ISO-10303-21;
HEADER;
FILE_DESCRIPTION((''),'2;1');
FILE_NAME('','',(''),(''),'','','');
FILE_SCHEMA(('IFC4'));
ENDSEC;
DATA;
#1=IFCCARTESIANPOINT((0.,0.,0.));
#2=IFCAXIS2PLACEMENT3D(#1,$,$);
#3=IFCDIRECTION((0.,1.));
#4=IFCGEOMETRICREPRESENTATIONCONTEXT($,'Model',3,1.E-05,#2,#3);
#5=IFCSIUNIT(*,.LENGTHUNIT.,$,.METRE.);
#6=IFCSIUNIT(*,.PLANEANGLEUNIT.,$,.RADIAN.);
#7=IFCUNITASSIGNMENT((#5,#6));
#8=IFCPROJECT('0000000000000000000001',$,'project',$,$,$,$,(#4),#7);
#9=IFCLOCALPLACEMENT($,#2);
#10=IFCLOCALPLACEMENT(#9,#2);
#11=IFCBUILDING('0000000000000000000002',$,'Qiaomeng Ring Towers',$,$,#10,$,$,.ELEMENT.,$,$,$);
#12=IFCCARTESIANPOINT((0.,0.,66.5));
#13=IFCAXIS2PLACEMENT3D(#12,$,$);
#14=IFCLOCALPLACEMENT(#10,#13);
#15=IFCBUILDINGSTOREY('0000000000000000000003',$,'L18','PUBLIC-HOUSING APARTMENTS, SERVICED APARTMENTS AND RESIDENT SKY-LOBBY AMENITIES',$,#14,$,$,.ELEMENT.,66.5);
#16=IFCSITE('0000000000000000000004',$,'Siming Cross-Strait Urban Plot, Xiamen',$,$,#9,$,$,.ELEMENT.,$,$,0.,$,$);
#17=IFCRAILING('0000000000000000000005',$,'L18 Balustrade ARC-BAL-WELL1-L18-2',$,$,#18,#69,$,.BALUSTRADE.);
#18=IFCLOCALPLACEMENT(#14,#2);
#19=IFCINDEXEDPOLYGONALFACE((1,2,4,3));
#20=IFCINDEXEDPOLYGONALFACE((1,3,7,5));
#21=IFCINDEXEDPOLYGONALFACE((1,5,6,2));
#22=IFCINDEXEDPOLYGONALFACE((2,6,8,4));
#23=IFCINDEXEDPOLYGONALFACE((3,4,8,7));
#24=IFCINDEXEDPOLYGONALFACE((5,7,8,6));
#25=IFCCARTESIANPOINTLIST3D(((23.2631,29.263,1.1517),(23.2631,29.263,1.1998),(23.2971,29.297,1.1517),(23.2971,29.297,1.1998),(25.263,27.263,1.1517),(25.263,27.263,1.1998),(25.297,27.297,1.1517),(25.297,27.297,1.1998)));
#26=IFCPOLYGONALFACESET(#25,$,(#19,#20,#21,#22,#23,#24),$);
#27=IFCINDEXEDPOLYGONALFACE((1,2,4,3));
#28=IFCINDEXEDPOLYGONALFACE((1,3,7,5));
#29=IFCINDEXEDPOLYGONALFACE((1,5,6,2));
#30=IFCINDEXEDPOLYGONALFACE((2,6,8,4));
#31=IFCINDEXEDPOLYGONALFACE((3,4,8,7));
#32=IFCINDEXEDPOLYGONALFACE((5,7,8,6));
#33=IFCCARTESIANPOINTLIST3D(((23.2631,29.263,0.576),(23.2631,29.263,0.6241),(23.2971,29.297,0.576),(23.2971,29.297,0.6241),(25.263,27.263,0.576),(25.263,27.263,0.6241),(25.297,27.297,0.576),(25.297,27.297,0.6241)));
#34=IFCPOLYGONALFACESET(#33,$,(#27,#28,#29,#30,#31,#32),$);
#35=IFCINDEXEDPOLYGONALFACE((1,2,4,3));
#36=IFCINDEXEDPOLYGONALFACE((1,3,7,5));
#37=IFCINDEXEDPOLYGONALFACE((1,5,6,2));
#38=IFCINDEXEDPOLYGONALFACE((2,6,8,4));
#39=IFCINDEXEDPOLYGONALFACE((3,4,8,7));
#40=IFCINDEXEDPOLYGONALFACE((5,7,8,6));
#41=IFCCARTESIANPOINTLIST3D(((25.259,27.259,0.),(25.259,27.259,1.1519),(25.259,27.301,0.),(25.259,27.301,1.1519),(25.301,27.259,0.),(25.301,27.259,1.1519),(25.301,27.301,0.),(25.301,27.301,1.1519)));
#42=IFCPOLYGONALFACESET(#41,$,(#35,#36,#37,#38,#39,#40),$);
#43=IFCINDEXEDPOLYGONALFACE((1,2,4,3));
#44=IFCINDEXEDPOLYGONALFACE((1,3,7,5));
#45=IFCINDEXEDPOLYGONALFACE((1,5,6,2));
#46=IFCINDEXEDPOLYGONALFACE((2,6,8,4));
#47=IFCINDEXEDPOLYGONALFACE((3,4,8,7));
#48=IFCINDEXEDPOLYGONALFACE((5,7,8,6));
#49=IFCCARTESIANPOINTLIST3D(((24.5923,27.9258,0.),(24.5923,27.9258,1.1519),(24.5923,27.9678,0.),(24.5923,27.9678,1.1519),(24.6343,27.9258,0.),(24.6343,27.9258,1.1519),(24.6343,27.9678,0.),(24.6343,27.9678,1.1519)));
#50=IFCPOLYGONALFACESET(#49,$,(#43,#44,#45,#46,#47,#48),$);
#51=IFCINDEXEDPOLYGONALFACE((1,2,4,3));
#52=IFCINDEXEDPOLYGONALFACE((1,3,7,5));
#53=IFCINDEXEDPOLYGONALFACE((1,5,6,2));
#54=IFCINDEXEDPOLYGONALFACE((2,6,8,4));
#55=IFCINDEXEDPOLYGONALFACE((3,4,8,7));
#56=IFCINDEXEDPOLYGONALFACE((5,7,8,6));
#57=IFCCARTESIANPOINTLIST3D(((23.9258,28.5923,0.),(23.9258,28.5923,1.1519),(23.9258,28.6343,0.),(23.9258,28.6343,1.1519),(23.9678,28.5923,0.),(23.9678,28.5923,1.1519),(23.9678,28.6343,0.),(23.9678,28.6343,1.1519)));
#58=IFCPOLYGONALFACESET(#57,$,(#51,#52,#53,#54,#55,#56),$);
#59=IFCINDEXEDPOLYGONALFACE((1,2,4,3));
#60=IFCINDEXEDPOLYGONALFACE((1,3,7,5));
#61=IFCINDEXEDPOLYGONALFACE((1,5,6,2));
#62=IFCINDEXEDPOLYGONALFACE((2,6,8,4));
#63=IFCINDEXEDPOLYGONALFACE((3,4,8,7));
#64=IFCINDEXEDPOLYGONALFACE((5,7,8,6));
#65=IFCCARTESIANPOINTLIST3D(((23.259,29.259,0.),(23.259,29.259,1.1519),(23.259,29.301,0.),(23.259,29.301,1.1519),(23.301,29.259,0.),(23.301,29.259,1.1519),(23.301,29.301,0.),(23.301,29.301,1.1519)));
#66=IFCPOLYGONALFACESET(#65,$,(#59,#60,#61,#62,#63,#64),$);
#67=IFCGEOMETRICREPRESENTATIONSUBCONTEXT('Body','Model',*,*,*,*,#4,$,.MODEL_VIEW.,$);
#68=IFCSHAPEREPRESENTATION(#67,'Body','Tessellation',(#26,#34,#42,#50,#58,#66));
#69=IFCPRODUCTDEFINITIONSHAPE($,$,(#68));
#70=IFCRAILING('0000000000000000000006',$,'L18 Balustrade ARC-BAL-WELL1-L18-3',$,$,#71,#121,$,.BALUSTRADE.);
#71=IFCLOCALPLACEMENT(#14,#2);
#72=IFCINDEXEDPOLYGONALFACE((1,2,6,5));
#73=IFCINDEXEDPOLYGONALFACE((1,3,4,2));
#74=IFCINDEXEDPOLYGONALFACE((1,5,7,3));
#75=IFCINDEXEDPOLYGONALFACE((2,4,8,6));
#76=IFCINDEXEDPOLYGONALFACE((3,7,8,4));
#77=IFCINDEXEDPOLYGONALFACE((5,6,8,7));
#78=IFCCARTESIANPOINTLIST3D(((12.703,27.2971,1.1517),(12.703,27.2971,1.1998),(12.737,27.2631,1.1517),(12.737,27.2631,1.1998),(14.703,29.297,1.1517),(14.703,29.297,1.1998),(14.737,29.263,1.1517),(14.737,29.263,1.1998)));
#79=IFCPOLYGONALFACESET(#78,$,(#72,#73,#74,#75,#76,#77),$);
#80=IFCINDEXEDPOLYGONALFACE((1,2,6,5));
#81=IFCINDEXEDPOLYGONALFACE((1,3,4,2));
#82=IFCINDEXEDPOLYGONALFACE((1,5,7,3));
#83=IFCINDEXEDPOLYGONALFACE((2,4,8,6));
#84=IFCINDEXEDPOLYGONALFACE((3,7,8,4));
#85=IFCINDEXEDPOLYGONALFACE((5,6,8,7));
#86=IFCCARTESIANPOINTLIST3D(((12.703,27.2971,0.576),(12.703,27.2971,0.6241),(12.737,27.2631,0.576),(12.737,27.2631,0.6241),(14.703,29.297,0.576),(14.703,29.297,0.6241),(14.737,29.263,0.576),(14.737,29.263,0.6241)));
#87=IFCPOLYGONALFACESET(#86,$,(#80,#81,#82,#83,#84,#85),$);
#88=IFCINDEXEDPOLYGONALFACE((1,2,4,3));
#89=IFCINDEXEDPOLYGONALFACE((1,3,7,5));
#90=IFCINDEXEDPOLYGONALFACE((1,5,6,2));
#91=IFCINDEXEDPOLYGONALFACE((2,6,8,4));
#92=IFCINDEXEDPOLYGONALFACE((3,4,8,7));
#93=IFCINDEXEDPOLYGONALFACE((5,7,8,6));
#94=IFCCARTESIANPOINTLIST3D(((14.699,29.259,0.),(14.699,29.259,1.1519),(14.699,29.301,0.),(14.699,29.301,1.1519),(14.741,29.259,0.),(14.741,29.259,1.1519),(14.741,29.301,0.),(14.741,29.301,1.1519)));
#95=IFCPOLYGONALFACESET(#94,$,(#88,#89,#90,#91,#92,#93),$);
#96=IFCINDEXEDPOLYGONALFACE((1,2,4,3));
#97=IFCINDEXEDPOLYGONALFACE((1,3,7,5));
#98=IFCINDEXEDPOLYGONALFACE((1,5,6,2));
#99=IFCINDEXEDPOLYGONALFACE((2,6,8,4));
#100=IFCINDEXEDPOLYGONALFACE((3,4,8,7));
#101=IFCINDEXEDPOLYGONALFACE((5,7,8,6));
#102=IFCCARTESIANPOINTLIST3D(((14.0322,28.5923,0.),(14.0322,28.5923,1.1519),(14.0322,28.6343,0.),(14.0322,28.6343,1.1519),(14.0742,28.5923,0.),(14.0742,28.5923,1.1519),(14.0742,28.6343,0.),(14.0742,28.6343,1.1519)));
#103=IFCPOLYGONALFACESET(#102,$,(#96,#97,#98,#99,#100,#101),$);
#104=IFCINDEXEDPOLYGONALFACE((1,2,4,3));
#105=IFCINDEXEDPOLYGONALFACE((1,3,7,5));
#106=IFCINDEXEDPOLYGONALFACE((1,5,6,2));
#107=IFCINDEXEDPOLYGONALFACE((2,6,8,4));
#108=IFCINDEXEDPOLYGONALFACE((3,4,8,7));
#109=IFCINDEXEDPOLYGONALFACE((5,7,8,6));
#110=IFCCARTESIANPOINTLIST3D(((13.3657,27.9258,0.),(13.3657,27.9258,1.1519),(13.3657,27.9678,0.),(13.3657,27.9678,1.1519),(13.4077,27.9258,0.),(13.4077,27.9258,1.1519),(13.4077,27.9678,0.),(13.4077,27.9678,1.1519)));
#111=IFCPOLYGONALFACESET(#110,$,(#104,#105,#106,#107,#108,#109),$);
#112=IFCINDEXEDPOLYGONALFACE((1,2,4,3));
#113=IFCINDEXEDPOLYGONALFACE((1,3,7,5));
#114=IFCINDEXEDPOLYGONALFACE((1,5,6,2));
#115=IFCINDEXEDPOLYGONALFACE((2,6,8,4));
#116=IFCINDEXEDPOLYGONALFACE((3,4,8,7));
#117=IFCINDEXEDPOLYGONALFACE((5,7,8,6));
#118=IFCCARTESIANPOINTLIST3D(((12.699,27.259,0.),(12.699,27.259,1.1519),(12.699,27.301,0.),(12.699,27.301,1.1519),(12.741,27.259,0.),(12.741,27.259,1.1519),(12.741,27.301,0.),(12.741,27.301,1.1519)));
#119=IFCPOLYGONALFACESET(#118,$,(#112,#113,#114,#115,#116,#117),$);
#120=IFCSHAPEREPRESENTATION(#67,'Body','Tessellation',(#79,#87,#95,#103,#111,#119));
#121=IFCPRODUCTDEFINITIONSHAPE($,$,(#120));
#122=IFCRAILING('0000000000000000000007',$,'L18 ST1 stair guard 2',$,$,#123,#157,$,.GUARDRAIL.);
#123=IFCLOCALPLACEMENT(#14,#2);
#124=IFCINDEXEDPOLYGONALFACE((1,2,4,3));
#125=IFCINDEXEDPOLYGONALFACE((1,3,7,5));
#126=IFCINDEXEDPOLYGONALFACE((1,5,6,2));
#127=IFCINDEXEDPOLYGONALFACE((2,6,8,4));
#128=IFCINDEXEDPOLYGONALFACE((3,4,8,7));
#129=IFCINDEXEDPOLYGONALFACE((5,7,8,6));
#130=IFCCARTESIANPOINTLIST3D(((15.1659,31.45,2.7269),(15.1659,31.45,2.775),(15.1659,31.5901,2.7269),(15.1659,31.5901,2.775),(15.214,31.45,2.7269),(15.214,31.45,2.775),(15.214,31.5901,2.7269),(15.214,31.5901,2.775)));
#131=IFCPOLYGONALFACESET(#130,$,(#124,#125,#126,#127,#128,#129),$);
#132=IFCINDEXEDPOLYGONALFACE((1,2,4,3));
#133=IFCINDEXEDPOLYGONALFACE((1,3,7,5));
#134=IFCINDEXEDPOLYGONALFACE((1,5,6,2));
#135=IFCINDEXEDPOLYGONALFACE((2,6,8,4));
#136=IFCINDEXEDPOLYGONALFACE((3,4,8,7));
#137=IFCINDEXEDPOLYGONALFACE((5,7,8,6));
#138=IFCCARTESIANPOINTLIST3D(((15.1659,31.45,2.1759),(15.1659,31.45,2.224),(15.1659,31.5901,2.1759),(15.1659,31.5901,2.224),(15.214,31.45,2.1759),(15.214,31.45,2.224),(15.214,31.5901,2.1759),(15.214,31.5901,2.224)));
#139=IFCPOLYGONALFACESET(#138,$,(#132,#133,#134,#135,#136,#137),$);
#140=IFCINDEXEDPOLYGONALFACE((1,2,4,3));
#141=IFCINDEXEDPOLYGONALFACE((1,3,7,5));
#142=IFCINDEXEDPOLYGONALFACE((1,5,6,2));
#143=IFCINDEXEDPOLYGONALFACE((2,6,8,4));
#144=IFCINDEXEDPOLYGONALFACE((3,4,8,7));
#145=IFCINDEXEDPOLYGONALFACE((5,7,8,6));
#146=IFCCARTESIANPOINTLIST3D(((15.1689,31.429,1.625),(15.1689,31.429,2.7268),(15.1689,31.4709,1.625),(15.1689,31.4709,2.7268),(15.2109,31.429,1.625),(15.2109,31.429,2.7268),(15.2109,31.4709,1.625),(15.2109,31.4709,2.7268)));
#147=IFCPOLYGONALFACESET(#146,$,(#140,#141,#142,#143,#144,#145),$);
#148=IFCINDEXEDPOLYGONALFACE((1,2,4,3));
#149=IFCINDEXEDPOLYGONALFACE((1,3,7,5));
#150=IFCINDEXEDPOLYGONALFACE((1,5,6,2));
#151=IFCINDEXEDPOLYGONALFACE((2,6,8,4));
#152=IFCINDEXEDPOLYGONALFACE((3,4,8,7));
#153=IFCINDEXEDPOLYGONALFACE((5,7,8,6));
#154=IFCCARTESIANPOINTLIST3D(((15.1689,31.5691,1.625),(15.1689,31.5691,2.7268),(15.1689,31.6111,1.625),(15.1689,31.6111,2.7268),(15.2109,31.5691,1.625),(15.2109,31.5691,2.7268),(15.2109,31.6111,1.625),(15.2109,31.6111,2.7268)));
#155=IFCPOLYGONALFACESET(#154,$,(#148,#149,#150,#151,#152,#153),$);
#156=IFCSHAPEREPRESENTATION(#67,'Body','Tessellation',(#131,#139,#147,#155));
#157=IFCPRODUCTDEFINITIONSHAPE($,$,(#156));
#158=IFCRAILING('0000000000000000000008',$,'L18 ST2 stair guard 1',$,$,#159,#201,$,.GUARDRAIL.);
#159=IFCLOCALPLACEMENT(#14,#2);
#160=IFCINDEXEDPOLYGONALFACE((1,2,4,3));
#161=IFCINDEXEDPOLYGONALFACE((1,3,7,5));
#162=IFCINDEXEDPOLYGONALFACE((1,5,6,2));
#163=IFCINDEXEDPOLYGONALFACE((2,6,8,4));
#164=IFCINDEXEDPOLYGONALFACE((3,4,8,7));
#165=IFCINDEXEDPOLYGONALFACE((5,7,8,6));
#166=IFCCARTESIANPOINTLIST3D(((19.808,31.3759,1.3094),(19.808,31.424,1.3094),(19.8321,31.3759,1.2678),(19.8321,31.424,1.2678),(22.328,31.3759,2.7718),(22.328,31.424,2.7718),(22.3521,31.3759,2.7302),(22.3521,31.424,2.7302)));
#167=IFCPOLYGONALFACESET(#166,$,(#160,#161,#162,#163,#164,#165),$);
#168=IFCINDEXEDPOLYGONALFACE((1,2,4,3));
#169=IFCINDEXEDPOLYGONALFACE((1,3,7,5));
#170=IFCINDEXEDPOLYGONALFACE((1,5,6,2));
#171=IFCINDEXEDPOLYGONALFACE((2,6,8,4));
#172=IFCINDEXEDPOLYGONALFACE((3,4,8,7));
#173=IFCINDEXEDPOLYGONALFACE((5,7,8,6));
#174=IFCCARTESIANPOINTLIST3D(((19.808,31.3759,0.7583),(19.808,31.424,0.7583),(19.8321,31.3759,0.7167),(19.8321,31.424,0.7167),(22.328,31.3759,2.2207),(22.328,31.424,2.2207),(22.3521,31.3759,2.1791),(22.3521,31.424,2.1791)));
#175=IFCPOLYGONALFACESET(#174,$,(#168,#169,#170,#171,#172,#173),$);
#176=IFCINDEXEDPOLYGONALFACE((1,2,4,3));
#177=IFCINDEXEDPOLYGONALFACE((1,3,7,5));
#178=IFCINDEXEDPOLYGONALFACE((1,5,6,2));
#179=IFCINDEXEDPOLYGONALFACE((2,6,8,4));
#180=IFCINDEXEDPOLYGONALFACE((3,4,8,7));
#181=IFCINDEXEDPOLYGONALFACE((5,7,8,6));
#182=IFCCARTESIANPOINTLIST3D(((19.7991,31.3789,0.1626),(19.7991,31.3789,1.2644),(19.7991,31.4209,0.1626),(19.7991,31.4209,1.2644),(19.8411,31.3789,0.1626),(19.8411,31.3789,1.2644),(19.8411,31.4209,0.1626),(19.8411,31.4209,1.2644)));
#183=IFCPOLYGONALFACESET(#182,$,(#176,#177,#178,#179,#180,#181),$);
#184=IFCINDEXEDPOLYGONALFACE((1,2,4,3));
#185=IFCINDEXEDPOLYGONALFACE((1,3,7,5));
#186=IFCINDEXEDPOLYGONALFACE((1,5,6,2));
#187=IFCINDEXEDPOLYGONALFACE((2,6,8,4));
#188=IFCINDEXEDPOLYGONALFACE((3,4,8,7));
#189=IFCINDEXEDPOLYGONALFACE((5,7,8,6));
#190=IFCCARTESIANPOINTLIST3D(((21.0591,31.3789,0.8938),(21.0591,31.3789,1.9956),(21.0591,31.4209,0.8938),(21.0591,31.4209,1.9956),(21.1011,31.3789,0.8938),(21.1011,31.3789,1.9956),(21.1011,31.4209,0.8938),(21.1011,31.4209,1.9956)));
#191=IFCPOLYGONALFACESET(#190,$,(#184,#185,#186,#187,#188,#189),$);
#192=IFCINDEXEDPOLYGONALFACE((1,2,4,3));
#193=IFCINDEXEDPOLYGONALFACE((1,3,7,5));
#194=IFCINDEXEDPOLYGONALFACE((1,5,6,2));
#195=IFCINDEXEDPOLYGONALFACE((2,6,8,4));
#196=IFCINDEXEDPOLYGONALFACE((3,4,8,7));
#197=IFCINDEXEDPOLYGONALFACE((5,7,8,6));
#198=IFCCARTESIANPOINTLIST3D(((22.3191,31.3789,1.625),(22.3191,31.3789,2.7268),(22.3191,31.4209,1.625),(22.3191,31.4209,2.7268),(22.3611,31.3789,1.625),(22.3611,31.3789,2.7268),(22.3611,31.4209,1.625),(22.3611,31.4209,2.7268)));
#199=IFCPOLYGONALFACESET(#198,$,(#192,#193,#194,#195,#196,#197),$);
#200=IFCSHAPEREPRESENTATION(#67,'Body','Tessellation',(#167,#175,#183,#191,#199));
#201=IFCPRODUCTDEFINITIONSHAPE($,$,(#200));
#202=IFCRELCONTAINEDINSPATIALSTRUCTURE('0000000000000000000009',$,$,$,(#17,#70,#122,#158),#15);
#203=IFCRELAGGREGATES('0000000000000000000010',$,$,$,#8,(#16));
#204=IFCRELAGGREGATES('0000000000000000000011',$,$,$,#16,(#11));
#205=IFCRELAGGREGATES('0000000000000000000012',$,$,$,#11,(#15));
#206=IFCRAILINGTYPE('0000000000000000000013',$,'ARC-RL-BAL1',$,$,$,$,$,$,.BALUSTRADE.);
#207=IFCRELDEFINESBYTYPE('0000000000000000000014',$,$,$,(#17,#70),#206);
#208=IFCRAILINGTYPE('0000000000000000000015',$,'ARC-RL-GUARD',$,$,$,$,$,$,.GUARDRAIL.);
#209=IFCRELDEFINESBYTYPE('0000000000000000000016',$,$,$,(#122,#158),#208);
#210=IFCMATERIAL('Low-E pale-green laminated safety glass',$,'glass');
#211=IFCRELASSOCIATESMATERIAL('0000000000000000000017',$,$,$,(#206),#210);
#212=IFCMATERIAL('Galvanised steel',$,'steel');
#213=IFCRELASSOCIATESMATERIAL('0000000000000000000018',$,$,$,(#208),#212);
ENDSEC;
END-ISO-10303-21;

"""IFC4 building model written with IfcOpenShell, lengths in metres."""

from ifc_helpers import new_model, si_unit, direction, frame, origin, origin_2d, place, context, subcontext, project, spatial, rectangle, extrude, material, type_object, element, save


model = new_model("IFC4")

# Units and contexts
model_context = context("Model", 3, precision=1e-05, world=origin(), true_north=direction((0.0, 1.0)))
body_context = subcontext(model_context, "Body", "Model", "MODEL_VIEW")
ifc_project = project(units=[si_unit("LENGTHUNIT", "METRE"), si_unit("PLANEANGLEUNIT", "RADIAN")], contexts=[model_context])

# Site, building, storey
site_placement = place(None, origin())
site = spatial("IfcSite", under=ifc_project, at=site_placement, Name="Siming Cross-Strait Urban Plot, Xiamen", CompositionType="ELEMENT", RefElevation=0.0)
building_placement = place(site_placement, origin())
building = spatial("IfcBuilding", under=site, at=building_placement, Name="Qiaomeng Ring Towers", CompositionType="ELEMENT")
storey_placement = place(building_placement, frame((0.0, 0.0, 66.5)))
storey = spatial("IfcBuildingStorey", under=building, at=storey_placement, Name="L18", Description="PUBLIC-HOUSING APARTMENTS, SERVICED APARTMENTS AND RESIDENT SKY-LOBBY AMENITIES", CompositionType="ELEMENT", Elevation=66.5)

# Shared definitions
ifc_material_1 = material(Name="Galvanised steel", Category="steel")

# Railings
ifc_material_2 = material(Name="Low-E pale-green laminated safety glass", Category="glass")
railing_type_1 = type_object("IfcRailingType", Name="ARC-RL-BAL1", PredefinedType="BALUSTRADE", material=ifc_material_2)
railing_1_placement = place(storey_placement, frame((25.28, 27.28, 0.0)))
element("IfcRailing", 1, at=railing_1_placement, inside=storey, type_object=railing_type_1, Name="L18 Balustrade ARC-BAL-WELL1-L18-2", PredefinedType="BALUSTRADE", context=body_context, shape_type="SweptSolid", body=[
    extrude(rectangle(XDim=0.0481, YDim=0.0481, at=origin_2d()), frame((0.0, 0.0, 1.1758), z_axis=(-0.707107, 0.707107, 0.0), x_axis=(-0.707107, -0.707107, 0.0)), (0.0, 0.0, 1.0), 2.8284),
    extrude(rectangle(XDim=0.0481, YDim=0.0481, at=origin_2d()), frame((0.0, 0.0, 0.6001), z_axis=(-0.707107, 0.707107, 0.0), x_axis=(-0.707107, -0.707107, 0.0)), (0.0, 0.0, 1.0), 2.8284),
    extrude(rectangle(XDim=0.042, YDim=0.042, at=origin_2d()), origin(), (0.0, 0.0, 1.0), 1.1519),
    extrude(rectangle(XDim=0.042, YDim=0.042, at=origin_2d()), frame((-0.6667, 0.6667, 0.0)), (0.0, 0.0, 1.0), 1.1519),
    extrude(rectangle(XDim=0.042, YDim=0.042, at=origin_2d()), frame((-1.3333, 1.3333, 0.0)), (0.0, 0.0, 1.0), 1.1519),
    extrude(rectangle(XDim=0.042, YDim=0.042, at=origin_2d()), frame((-2.0, 2.0, 0.0)), (0.0, 0.0, 1.0), 1.1519),
])
railing_2_placement = place(storey_placement, frame((14.72, 29.28, 0.0)))
element("IfcRailing", 2, at=railing_2_placement, inside=storey, type_object=railing_type_1, Name="L18 Balustrade ARC-BAL-WELL1-L18-3", PredefinedType="BALUSTRADE", context=body_context, shape_type="SweptSolid", body=[
    extrude(rectangle(XDim=0.0481, YDim=0.0481, at=origin_2d()), frame((0.0, 0.0, 1.1758), z_axis=(-0.707107, -0.707107, 0.0), x_axis=(0.707107, -0.707107, 0.0)), (0.0, 0.0, 1.0), 2.8284),
    extrude(rectangle(XDim=0.0481, YDim=0.0481, at=origin_2d()), frame((0.0, 0.0, 0.6001), z_axis=(-0.707107, -0.707107, 0.0), x_axis=(0.707107, -0.707107, 0.0)), (0.0, 0.0, 1.0), 2.8284),
    extrude(rectangle(XDim=0.042, YDim=0.042, at=origin_2d()), origin(), (0.0, 0.0, 1.0), 1.1519),
    extrude(rectangle(XDim=0.042, YDim=0.042, at=origin_2d()), frame((-0.6667, -0.6667, 0.0)), (0.0, 0.0, 1.0), 1.1519),
    extrude(rectangle(XDim=0.042, YDim=0.042, at=origin_2d()), frame((-1.3333, -1.3333, 0.0)), (0.0, 0.0, 1.0), 1.1519),
    extrude(rectangle(XDim=0.042, YDim=0.042, at=origin_2d()), frame((-2.0, -2.0, 0.0)), (0.0, 0.0, 1.0), 1.1519),
])
railing_type_2 = type_object("IfcRailingType", Name="ARC-RL-GUARD", PredefinedType="GUARDRAIL", material=ifc_material_1)
railing_3_placement = place(storey_placement, frame((15.1899, 31.45, 1.625)))
element("IfcRailing", 3, at=railing_3_placement, inside=storey, type_object=railing_type_2, Name="L18 ST1 stair guard 2", PredefinedType="GUARDRAIL", context=body_context, shape_type="SweptSolid", body=[
    extrude(rectangle(XDim=0.0481, YDim=0.0481, at=origin_2d()), frame((0.0, 0.0, 1.126), z_axis=(0.0, 1.0, 0.0), x_axis=(-1.0, 0.0, 0.0)), (0.0, 0.0, 1.0), 0.1401),
    extrude(rectangle(XDim=0.0481, YDim=0.0481, at=origin_2d()), frame((0.0, 0.0, 0.575), z_axis=(0.0, 1.0, 0.0), x_axis=(-1.0, 0.0, 0.0)), (0.0, 0.0, 1.0), 0.1401),
    extrude(rectangle(XDim=0.042, YDim=0.042, at=origin_2d()), origin(), (0.0, 0.0, 1.0), 1.1018),
    extrude(rectangle(XDim=0.042, YDim=0.042, at=origin_2d()), frame((0.0, 0.1401, 0.0)), (0.0, 0.0, 1.0), 1.1018),
])
railing_4_placement = place(storey_placement, frame((19.8201, 31.3999, 0.1626)))
element("IfcRailing", 4, at=railing_4_placement, inside=storey, type_object=railing_type_2, Name="L18 ST2 stair guard 1", PredefinedType="GUARDRAIL", context=body_context, shape_type="SweptSolid", body=[
    extrude(rectangle(XDim=0.0481, YDim=0.0481, at=origin_2d()), frame((0.0, 0.0, 1.126), z_axis=(0.864913, 0.0, 0.501921), x_axis=(0.0, 1.0, 0.0)), (0.0, 0.0, 1.0), 2.9136),
    extrude(rectangle(XDim=0.0481, YDim=0.0481, at=origin_2d()), frame((0.0, 0.0, 0.575), z_axis=(0.864913, 0.0, 0.501921), x_axis=(0.0, 1.0, 0.0)), (0.0, 0.0, 1.0), 2.9136),
    extrude(rectangle(XDim=0.042, YDim=0.042, at=origin_2d()), origin(), (0.0, 0.0, 1.0), 1.1018),
    extrude(rectangle(XDim=0.042, YDim=0.042, at=origin_2d()), frame((1.26, 0.0, 0.7312)), (0.0, 0.0, 1.0), 1.1018),
    extrude(rectangle(XDim=0.042, YDim=0.042, at=origin_2d()), frame((2.52, 0.0, 1.4624)), (0.0, 0.0, 1.0), 1.1018),
])

save(model, "model.ifc")
